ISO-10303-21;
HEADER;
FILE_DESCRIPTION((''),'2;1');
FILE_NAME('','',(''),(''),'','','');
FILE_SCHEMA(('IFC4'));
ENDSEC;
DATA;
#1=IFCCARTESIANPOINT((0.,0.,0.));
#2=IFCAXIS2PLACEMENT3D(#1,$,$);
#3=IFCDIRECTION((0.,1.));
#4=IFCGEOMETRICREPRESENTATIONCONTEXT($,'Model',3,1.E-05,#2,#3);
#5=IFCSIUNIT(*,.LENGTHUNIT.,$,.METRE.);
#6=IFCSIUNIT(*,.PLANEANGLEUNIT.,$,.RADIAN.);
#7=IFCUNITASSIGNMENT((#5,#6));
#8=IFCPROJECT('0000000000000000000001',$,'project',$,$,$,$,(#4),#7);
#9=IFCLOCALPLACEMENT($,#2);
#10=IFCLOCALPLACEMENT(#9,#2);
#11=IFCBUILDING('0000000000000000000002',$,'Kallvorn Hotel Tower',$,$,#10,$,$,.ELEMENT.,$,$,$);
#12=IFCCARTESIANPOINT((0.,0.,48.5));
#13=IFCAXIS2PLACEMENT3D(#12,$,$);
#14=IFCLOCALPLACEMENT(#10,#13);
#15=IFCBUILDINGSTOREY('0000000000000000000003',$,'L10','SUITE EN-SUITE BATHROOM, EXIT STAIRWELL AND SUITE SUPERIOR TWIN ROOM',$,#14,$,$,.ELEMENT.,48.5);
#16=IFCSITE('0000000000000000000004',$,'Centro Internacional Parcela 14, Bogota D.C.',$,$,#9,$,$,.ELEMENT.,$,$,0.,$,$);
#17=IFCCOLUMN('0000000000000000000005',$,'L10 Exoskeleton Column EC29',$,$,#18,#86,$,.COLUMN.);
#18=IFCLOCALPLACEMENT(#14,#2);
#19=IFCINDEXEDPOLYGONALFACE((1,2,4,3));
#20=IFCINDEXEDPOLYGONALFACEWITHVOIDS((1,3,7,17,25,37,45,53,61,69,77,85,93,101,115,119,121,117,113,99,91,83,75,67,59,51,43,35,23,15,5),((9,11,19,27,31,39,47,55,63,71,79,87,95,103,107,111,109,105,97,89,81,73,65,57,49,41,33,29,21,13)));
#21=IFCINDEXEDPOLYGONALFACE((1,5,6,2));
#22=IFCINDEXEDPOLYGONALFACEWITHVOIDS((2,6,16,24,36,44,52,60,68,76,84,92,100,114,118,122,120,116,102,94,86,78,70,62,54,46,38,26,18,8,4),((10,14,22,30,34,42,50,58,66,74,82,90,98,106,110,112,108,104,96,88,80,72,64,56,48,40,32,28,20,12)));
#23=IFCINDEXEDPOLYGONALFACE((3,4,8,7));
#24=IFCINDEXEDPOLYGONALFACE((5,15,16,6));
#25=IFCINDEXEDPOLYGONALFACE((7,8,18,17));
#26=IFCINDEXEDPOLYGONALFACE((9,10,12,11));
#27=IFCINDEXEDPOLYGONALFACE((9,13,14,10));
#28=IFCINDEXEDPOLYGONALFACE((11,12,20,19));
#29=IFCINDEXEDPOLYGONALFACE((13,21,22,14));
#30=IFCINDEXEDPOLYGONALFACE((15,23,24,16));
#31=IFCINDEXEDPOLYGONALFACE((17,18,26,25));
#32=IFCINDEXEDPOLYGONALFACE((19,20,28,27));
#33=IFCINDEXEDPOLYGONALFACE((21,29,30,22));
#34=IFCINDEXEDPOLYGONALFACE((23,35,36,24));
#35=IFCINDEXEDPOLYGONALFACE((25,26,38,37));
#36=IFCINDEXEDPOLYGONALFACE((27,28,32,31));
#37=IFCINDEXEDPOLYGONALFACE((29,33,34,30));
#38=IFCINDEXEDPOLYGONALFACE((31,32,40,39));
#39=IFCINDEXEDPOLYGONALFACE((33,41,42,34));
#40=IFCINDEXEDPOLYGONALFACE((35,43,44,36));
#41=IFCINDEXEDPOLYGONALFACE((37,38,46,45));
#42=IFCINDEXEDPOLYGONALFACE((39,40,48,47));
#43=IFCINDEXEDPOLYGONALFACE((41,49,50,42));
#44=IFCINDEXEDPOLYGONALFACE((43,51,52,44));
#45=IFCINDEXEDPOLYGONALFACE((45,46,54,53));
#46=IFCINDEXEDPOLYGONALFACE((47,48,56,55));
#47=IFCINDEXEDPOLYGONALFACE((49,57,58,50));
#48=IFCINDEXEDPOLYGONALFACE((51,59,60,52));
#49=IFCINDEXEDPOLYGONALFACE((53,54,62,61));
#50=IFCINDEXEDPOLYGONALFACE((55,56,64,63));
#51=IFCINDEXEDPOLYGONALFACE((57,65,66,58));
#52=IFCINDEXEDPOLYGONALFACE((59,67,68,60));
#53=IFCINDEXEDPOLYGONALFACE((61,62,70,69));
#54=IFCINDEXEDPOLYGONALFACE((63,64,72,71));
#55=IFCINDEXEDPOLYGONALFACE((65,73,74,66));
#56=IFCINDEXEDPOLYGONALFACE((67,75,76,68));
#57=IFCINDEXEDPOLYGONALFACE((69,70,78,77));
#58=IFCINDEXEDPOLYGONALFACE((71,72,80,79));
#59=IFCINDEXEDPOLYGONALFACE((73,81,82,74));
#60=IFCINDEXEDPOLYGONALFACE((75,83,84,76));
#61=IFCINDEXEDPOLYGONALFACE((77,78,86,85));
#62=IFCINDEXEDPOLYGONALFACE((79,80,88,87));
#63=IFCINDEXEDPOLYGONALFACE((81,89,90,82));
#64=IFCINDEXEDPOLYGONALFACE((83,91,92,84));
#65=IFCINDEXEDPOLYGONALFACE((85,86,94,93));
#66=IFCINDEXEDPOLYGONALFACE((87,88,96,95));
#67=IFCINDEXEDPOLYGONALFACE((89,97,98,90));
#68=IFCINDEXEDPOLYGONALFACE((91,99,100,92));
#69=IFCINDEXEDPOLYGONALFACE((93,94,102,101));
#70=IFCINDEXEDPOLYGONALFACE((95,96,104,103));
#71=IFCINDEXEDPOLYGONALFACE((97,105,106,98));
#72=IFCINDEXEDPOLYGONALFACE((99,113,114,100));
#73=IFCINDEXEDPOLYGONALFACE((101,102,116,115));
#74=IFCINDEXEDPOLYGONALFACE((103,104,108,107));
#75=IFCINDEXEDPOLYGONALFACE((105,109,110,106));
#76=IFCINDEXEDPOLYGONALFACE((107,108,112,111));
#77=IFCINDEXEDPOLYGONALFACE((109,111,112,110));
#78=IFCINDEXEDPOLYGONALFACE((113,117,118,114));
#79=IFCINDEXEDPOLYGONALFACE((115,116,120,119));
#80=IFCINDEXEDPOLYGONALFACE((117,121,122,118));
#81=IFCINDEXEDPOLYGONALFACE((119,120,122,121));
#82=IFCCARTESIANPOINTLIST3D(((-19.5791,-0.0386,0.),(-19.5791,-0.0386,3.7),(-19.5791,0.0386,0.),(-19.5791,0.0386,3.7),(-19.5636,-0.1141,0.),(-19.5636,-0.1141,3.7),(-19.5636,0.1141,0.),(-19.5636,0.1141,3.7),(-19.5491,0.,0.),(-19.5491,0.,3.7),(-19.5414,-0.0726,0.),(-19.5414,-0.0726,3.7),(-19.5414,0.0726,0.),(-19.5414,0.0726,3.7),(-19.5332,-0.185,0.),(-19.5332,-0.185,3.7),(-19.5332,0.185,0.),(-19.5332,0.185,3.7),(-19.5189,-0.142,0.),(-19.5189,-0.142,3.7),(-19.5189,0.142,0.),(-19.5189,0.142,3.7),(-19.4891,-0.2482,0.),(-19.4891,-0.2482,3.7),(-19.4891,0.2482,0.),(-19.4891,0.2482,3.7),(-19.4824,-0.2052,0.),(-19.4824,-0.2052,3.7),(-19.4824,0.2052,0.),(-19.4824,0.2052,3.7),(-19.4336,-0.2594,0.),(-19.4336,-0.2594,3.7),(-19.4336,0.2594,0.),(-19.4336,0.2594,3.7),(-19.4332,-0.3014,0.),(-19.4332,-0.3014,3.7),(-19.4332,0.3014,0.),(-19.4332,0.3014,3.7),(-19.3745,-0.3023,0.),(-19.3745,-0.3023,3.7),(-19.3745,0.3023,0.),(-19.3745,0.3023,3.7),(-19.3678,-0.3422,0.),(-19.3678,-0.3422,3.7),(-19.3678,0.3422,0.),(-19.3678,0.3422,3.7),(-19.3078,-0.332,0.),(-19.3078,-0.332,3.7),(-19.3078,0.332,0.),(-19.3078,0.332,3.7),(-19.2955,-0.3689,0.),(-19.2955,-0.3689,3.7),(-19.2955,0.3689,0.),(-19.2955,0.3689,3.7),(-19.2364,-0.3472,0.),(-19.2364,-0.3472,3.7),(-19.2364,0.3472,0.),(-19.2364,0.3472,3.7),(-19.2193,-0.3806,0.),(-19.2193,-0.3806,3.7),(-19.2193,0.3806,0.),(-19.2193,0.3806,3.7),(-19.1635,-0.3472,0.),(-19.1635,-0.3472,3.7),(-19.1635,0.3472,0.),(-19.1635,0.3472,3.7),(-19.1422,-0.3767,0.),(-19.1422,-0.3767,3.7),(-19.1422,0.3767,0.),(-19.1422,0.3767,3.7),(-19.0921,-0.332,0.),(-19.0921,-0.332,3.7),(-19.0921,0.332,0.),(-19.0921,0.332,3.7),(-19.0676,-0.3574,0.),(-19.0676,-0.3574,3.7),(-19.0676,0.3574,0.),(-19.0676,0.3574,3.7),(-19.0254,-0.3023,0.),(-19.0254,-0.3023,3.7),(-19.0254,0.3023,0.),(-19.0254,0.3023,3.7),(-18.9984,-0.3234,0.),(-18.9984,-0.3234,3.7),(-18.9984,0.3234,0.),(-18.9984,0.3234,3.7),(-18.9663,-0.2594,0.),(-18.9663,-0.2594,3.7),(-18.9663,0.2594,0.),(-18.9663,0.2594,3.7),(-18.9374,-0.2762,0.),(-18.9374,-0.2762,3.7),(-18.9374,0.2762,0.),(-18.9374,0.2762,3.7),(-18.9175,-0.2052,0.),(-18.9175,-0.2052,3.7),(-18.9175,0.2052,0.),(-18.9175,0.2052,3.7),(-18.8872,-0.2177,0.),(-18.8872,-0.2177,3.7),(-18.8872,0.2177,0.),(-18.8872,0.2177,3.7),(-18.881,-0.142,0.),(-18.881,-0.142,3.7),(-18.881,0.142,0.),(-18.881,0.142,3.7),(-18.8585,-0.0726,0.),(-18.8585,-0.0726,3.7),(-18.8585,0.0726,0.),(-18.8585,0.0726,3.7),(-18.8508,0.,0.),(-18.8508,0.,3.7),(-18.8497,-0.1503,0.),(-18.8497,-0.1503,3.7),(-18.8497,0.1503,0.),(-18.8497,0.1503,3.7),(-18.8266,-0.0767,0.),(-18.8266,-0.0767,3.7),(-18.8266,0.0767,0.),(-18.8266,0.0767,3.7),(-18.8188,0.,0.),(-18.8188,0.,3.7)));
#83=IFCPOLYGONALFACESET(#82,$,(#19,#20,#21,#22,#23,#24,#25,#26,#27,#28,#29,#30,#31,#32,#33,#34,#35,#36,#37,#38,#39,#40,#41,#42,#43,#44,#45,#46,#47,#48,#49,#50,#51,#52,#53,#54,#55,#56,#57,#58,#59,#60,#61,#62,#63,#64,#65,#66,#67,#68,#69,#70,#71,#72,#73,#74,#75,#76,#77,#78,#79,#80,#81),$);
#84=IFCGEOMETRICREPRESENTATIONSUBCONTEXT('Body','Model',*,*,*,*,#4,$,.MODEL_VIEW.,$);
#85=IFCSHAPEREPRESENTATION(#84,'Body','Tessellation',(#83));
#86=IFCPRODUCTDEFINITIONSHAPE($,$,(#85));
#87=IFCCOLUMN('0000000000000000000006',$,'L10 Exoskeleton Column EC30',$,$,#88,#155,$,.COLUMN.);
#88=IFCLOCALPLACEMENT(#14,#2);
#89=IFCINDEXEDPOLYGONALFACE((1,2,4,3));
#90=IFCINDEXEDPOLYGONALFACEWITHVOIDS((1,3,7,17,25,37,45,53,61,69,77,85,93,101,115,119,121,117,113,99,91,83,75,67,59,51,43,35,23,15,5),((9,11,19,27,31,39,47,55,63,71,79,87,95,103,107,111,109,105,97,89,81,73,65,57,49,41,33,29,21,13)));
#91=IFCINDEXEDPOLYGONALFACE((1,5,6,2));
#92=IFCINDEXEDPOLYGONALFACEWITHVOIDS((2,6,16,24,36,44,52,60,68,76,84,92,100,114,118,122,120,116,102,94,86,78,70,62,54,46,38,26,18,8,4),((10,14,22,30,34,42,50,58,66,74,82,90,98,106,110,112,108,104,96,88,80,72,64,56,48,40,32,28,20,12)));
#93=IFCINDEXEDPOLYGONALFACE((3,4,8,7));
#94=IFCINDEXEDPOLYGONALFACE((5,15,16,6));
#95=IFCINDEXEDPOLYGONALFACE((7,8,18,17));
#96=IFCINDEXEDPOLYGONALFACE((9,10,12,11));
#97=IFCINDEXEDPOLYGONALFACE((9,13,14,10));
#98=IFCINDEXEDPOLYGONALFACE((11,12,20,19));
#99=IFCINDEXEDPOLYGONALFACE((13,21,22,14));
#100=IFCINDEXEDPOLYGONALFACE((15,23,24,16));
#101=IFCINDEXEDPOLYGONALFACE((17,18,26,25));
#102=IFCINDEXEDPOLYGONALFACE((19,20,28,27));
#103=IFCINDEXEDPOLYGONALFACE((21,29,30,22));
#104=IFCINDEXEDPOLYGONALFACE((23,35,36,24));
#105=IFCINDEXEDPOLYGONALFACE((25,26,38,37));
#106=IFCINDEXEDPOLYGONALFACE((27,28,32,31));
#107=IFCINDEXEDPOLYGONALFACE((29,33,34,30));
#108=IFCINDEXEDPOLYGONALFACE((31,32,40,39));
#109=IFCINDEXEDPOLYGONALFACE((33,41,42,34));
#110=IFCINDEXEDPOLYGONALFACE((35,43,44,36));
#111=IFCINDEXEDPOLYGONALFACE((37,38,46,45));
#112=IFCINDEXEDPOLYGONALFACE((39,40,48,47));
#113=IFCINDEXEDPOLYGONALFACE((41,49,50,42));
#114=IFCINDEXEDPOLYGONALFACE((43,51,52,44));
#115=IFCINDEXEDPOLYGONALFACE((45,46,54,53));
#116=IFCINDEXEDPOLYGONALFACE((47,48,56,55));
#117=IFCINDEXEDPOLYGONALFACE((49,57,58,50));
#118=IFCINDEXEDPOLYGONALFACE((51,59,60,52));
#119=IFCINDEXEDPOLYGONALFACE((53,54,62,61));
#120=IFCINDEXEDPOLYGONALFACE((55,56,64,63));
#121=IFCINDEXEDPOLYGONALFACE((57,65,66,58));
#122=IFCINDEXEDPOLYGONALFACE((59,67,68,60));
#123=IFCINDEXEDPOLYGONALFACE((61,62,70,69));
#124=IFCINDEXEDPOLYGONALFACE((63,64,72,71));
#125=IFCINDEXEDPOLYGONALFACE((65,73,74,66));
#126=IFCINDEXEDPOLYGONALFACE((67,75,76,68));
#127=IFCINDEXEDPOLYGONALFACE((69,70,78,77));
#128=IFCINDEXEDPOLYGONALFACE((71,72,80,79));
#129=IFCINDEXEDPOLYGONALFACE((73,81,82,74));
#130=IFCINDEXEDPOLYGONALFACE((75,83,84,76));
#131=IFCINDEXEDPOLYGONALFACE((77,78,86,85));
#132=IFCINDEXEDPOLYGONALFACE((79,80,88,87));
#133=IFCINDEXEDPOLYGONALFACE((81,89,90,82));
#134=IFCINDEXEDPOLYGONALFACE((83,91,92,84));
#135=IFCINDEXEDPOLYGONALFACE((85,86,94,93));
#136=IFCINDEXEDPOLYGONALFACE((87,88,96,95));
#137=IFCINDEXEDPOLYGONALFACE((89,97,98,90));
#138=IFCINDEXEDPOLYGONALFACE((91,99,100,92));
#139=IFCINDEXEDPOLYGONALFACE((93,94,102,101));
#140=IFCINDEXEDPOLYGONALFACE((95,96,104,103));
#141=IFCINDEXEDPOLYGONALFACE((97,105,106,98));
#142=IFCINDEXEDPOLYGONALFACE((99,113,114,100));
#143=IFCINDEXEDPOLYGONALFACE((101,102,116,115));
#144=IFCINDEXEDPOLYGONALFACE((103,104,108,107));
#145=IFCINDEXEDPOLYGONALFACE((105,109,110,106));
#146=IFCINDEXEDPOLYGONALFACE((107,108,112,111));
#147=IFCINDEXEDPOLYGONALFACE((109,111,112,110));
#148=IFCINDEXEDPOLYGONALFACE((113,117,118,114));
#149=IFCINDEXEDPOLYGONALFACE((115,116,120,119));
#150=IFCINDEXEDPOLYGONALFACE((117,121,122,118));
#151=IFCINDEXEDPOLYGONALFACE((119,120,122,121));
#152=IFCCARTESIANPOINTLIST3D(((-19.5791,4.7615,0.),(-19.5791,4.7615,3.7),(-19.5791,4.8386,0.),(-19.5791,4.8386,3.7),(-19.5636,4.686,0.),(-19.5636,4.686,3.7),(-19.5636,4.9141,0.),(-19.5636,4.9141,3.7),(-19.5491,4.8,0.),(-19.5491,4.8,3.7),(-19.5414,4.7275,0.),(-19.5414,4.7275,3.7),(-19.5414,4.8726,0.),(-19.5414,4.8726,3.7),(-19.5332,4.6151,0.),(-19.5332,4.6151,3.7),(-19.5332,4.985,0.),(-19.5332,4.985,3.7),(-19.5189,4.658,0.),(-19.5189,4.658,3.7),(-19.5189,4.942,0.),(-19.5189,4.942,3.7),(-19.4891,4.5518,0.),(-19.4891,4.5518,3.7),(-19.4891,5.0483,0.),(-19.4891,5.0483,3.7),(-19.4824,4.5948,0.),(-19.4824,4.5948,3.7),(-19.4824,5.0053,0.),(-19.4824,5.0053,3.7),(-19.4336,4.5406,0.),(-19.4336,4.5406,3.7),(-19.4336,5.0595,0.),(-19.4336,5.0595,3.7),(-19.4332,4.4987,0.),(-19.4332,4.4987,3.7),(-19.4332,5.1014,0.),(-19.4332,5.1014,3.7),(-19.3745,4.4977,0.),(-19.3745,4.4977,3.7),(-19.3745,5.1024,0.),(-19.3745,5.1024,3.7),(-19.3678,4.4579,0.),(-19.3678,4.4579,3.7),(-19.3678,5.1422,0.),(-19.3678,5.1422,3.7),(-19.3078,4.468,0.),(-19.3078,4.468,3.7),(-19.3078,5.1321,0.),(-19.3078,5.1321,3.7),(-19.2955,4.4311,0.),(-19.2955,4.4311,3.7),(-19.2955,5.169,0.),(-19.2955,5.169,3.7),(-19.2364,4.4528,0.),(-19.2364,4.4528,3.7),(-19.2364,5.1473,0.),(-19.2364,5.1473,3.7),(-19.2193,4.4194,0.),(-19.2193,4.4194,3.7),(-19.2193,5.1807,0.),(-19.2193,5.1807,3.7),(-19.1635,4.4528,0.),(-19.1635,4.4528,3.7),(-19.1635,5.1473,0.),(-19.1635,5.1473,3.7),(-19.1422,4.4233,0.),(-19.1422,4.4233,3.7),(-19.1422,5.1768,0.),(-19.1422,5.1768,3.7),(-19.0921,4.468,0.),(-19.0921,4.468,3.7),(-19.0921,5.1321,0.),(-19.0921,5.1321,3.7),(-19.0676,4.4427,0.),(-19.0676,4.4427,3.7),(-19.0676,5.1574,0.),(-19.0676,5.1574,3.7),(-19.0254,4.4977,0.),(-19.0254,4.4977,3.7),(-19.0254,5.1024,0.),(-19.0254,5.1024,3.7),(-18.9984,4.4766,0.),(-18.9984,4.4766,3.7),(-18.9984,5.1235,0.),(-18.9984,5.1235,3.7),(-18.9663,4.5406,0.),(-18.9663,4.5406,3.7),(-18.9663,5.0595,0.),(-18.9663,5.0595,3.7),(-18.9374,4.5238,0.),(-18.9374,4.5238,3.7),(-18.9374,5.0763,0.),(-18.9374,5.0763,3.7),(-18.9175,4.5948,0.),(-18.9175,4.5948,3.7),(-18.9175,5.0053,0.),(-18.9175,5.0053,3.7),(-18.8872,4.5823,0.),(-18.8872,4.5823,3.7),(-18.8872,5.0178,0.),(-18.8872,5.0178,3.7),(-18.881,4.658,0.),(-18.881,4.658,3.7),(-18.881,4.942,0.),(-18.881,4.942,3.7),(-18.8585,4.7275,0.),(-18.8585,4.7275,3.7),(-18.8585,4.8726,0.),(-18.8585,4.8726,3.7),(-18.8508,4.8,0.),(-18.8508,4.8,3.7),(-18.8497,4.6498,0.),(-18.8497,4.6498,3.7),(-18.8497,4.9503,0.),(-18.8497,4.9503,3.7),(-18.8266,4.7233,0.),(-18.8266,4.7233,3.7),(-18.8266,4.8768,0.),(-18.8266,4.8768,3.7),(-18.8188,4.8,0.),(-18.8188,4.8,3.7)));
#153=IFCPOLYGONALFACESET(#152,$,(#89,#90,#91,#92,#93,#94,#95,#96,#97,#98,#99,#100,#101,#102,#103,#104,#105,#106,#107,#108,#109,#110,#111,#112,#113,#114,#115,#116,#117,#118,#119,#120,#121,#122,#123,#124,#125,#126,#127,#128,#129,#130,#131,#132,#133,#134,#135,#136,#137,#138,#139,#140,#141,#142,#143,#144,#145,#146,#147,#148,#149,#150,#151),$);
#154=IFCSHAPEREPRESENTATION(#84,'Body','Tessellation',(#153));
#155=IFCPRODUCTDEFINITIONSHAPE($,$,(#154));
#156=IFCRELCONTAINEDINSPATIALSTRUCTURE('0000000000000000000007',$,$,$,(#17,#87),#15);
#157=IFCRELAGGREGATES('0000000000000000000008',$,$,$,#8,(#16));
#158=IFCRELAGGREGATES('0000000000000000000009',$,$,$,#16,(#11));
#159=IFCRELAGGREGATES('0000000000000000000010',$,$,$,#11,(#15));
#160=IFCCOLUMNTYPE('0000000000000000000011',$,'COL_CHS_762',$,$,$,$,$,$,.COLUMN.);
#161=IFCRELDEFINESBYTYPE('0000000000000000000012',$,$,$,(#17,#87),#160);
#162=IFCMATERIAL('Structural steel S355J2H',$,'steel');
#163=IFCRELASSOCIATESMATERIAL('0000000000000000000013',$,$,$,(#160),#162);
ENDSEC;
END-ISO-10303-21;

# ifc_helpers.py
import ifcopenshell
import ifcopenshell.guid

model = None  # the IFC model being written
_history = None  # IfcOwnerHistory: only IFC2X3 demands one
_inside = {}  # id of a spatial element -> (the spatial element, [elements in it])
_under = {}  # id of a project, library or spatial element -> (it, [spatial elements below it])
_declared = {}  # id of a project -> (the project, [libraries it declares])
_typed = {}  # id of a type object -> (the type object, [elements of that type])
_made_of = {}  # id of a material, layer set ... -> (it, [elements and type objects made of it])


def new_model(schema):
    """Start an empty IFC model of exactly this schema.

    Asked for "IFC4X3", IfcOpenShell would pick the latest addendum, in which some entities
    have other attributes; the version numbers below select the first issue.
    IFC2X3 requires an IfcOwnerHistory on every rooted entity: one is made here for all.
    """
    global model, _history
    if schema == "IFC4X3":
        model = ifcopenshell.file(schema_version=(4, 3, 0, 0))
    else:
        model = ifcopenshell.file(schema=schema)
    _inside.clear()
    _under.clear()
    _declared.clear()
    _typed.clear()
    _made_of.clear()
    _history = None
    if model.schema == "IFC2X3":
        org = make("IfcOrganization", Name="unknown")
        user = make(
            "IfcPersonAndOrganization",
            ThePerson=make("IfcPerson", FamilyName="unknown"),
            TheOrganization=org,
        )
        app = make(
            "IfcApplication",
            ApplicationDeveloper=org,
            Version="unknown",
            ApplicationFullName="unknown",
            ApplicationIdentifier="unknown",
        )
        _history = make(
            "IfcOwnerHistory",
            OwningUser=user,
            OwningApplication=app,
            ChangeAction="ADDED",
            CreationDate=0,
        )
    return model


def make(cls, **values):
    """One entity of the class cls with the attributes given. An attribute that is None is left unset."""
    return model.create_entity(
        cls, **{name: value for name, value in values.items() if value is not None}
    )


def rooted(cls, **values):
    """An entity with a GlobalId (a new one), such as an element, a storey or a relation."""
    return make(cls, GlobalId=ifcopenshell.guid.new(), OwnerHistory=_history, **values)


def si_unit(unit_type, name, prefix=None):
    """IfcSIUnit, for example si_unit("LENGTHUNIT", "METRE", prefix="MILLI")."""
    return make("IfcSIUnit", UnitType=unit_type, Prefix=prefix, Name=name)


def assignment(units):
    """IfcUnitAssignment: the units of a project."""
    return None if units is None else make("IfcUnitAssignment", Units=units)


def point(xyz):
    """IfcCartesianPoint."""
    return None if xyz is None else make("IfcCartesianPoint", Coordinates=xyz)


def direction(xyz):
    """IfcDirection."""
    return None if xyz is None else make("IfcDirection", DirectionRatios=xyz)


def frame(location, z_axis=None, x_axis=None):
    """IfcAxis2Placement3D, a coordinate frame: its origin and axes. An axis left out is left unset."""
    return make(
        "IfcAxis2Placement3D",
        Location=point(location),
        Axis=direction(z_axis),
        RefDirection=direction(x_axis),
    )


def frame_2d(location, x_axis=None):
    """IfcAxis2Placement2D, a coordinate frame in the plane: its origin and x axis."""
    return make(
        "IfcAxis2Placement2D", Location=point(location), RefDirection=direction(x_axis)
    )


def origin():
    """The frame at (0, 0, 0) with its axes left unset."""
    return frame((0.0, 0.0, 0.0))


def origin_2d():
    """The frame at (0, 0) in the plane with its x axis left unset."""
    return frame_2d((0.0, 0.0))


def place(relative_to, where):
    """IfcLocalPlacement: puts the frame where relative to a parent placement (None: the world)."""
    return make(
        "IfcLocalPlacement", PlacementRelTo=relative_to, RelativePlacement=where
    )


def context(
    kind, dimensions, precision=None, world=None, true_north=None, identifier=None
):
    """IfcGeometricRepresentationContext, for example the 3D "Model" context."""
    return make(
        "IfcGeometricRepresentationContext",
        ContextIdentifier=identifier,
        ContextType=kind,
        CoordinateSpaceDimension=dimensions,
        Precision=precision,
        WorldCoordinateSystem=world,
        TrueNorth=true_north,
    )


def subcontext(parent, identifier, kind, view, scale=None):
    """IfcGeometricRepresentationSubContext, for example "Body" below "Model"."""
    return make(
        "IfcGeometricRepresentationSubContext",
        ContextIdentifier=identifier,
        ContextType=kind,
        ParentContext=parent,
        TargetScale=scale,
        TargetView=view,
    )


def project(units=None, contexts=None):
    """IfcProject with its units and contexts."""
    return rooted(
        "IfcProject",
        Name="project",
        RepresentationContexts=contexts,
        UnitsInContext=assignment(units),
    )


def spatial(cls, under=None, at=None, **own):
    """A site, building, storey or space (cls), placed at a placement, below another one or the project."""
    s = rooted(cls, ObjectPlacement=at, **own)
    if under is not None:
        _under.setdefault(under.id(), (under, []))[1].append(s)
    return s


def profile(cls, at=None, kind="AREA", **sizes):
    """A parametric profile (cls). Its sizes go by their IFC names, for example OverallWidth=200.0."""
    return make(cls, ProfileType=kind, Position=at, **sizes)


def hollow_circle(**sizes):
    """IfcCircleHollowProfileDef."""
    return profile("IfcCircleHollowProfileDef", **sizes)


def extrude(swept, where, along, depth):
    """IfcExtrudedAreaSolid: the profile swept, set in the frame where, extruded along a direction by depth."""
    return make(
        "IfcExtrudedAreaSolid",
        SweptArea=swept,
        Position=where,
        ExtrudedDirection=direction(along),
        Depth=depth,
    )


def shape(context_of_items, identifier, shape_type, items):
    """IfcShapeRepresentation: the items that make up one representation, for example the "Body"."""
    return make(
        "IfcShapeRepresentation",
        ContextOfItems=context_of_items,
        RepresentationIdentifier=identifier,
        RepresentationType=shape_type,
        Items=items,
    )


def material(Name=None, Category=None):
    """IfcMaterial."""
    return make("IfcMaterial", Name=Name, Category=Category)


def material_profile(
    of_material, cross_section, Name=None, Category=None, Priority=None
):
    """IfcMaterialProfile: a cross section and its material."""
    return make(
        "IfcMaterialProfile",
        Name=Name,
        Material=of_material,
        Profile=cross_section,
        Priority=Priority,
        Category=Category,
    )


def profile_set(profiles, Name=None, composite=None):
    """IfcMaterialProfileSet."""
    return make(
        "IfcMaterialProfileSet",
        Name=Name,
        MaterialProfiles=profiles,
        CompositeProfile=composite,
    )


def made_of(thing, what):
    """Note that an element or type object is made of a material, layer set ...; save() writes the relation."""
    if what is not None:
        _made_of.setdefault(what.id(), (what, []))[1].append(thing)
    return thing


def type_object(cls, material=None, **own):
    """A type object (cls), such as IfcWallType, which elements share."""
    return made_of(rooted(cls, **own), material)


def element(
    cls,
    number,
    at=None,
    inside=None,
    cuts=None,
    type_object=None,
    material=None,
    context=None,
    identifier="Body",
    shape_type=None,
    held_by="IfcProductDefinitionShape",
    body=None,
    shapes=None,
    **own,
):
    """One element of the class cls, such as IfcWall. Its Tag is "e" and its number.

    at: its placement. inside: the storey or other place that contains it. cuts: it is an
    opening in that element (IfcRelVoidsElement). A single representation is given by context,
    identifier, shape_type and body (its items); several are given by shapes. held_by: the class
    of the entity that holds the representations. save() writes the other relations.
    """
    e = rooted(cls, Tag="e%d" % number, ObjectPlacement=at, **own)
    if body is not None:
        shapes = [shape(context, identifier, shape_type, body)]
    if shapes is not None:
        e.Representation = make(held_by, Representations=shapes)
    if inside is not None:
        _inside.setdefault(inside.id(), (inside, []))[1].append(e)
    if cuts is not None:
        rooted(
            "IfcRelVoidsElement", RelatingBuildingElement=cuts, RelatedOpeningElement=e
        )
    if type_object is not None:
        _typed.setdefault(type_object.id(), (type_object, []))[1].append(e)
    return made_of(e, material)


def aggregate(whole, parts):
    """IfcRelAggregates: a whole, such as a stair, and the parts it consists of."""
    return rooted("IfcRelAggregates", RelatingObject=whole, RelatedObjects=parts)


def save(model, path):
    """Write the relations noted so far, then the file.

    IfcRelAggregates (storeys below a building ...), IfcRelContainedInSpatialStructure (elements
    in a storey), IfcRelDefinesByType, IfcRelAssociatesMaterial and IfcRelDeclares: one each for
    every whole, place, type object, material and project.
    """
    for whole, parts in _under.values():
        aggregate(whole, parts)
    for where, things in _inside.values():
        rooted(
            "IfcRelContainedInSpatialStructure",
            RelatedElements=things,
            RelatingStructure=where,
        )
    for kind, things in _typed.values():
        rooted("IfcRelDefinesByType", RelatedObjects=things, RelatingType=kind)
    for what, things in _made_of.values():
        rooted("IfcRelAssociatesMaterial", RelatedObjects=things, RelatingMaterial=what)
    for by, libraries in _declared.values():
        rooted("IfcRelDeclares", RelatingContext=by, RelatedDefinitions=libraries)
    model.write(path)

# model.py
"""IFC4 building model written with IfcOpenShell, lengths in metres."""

from ifc_helpers import new_model, si_unit, direction, frame, origin, origin_2d, place, context, subcontext, project, spatial, hollow_circle, extrude, material, material_profile, profile_set, type_object, element, save


model = new_model("IFC4")

# Units and contexts
model_context = context("Model", 3, precision=1e-05, world=origin(), true_north=direction((0.0, 1.0)))
body_context = subcontext(model_context, "Body", "Model", "MODEL_VIEW")
ifc_project = project(units=[si_unit("LENGTHUNIT", "METRE"), si_unit("PLANEANGLEUNIT", "RADIAN")], contexts=[model_context])

# Site, building, storey
site_placement = place(None, origin())
site = spatial("IfcSite", under=ifc_project, at=site_placement, Name="Centro Internacional Parcela 14, Bogota D.C.", CompositionType="ELEMENT", RefElevation=0.0)
building_placement = place(site_placement, origin())
building = spatial("IfcBuilding", under=site, at=building_placement, Name="Kallvorn Hotel Tower", CompositionType="ELEMENT")
storey_placement = place(building_placement, frame((0.0, 0.0, 48.5)))
storey = spatial("IfcBuildingStorey", under=building, at=storey_placement, Name="L10", Description="SUITE EN-SUITE BATHROOM, EXIT STAIRWELL AND SUITE SUPERIOR TWIN ROOM", CompositionType="ELEMENT", Elevation=48.5)

# Columns
ifc_material_1 = material(Name="Structural steel S355J2H", Category="steel")
ifc_material_profile_1 = material_profile(ifc_material_1, hollow_circle(Radius=0.3811, WallThickness=0.032, at=origin_2d()), Name="CHS 762x32")
ifc_profile_set_1 = profile_set([ifc_material_profile_1], Name="Structural steel S355J2H")
column_type_1 = type_object("IfcColumnType", Name="COL_CHS_762", PredefinedType="COLUMN", material=ifc_profile_set_1)
for number, where, z_axis, x_axis, name in (
    (1, (-19.2, 0.0, 0.0), (0.0, 0.0, 1.0), (1.0, 0.0, 0.0), "L10 Exoskeleton Column EC29"),
    (2, (-19.2, 4.8, 0.0), (0.0, 0.0, 1.0), (1.0, 0.0, 0.0), "L10 Exoskeleton Column EC30"),
):
    element("IfcColumn", number, at=place(storey_placement, frame(where, z_axis=z_axis, x_axis=x_axis)), inside=storey, type_object=column_type_1, Name=name, PredefinedType="COLUMN", context=body_context, shape_type="SweptSolid", body=[
        extrude(hollow_circle(Radius=0.3811, WallThickness=0.032, at=origin_2d()), origin(), (0.0, 0.0, 1.0), 3.7),
    ])

save(model, "model.ifc")
